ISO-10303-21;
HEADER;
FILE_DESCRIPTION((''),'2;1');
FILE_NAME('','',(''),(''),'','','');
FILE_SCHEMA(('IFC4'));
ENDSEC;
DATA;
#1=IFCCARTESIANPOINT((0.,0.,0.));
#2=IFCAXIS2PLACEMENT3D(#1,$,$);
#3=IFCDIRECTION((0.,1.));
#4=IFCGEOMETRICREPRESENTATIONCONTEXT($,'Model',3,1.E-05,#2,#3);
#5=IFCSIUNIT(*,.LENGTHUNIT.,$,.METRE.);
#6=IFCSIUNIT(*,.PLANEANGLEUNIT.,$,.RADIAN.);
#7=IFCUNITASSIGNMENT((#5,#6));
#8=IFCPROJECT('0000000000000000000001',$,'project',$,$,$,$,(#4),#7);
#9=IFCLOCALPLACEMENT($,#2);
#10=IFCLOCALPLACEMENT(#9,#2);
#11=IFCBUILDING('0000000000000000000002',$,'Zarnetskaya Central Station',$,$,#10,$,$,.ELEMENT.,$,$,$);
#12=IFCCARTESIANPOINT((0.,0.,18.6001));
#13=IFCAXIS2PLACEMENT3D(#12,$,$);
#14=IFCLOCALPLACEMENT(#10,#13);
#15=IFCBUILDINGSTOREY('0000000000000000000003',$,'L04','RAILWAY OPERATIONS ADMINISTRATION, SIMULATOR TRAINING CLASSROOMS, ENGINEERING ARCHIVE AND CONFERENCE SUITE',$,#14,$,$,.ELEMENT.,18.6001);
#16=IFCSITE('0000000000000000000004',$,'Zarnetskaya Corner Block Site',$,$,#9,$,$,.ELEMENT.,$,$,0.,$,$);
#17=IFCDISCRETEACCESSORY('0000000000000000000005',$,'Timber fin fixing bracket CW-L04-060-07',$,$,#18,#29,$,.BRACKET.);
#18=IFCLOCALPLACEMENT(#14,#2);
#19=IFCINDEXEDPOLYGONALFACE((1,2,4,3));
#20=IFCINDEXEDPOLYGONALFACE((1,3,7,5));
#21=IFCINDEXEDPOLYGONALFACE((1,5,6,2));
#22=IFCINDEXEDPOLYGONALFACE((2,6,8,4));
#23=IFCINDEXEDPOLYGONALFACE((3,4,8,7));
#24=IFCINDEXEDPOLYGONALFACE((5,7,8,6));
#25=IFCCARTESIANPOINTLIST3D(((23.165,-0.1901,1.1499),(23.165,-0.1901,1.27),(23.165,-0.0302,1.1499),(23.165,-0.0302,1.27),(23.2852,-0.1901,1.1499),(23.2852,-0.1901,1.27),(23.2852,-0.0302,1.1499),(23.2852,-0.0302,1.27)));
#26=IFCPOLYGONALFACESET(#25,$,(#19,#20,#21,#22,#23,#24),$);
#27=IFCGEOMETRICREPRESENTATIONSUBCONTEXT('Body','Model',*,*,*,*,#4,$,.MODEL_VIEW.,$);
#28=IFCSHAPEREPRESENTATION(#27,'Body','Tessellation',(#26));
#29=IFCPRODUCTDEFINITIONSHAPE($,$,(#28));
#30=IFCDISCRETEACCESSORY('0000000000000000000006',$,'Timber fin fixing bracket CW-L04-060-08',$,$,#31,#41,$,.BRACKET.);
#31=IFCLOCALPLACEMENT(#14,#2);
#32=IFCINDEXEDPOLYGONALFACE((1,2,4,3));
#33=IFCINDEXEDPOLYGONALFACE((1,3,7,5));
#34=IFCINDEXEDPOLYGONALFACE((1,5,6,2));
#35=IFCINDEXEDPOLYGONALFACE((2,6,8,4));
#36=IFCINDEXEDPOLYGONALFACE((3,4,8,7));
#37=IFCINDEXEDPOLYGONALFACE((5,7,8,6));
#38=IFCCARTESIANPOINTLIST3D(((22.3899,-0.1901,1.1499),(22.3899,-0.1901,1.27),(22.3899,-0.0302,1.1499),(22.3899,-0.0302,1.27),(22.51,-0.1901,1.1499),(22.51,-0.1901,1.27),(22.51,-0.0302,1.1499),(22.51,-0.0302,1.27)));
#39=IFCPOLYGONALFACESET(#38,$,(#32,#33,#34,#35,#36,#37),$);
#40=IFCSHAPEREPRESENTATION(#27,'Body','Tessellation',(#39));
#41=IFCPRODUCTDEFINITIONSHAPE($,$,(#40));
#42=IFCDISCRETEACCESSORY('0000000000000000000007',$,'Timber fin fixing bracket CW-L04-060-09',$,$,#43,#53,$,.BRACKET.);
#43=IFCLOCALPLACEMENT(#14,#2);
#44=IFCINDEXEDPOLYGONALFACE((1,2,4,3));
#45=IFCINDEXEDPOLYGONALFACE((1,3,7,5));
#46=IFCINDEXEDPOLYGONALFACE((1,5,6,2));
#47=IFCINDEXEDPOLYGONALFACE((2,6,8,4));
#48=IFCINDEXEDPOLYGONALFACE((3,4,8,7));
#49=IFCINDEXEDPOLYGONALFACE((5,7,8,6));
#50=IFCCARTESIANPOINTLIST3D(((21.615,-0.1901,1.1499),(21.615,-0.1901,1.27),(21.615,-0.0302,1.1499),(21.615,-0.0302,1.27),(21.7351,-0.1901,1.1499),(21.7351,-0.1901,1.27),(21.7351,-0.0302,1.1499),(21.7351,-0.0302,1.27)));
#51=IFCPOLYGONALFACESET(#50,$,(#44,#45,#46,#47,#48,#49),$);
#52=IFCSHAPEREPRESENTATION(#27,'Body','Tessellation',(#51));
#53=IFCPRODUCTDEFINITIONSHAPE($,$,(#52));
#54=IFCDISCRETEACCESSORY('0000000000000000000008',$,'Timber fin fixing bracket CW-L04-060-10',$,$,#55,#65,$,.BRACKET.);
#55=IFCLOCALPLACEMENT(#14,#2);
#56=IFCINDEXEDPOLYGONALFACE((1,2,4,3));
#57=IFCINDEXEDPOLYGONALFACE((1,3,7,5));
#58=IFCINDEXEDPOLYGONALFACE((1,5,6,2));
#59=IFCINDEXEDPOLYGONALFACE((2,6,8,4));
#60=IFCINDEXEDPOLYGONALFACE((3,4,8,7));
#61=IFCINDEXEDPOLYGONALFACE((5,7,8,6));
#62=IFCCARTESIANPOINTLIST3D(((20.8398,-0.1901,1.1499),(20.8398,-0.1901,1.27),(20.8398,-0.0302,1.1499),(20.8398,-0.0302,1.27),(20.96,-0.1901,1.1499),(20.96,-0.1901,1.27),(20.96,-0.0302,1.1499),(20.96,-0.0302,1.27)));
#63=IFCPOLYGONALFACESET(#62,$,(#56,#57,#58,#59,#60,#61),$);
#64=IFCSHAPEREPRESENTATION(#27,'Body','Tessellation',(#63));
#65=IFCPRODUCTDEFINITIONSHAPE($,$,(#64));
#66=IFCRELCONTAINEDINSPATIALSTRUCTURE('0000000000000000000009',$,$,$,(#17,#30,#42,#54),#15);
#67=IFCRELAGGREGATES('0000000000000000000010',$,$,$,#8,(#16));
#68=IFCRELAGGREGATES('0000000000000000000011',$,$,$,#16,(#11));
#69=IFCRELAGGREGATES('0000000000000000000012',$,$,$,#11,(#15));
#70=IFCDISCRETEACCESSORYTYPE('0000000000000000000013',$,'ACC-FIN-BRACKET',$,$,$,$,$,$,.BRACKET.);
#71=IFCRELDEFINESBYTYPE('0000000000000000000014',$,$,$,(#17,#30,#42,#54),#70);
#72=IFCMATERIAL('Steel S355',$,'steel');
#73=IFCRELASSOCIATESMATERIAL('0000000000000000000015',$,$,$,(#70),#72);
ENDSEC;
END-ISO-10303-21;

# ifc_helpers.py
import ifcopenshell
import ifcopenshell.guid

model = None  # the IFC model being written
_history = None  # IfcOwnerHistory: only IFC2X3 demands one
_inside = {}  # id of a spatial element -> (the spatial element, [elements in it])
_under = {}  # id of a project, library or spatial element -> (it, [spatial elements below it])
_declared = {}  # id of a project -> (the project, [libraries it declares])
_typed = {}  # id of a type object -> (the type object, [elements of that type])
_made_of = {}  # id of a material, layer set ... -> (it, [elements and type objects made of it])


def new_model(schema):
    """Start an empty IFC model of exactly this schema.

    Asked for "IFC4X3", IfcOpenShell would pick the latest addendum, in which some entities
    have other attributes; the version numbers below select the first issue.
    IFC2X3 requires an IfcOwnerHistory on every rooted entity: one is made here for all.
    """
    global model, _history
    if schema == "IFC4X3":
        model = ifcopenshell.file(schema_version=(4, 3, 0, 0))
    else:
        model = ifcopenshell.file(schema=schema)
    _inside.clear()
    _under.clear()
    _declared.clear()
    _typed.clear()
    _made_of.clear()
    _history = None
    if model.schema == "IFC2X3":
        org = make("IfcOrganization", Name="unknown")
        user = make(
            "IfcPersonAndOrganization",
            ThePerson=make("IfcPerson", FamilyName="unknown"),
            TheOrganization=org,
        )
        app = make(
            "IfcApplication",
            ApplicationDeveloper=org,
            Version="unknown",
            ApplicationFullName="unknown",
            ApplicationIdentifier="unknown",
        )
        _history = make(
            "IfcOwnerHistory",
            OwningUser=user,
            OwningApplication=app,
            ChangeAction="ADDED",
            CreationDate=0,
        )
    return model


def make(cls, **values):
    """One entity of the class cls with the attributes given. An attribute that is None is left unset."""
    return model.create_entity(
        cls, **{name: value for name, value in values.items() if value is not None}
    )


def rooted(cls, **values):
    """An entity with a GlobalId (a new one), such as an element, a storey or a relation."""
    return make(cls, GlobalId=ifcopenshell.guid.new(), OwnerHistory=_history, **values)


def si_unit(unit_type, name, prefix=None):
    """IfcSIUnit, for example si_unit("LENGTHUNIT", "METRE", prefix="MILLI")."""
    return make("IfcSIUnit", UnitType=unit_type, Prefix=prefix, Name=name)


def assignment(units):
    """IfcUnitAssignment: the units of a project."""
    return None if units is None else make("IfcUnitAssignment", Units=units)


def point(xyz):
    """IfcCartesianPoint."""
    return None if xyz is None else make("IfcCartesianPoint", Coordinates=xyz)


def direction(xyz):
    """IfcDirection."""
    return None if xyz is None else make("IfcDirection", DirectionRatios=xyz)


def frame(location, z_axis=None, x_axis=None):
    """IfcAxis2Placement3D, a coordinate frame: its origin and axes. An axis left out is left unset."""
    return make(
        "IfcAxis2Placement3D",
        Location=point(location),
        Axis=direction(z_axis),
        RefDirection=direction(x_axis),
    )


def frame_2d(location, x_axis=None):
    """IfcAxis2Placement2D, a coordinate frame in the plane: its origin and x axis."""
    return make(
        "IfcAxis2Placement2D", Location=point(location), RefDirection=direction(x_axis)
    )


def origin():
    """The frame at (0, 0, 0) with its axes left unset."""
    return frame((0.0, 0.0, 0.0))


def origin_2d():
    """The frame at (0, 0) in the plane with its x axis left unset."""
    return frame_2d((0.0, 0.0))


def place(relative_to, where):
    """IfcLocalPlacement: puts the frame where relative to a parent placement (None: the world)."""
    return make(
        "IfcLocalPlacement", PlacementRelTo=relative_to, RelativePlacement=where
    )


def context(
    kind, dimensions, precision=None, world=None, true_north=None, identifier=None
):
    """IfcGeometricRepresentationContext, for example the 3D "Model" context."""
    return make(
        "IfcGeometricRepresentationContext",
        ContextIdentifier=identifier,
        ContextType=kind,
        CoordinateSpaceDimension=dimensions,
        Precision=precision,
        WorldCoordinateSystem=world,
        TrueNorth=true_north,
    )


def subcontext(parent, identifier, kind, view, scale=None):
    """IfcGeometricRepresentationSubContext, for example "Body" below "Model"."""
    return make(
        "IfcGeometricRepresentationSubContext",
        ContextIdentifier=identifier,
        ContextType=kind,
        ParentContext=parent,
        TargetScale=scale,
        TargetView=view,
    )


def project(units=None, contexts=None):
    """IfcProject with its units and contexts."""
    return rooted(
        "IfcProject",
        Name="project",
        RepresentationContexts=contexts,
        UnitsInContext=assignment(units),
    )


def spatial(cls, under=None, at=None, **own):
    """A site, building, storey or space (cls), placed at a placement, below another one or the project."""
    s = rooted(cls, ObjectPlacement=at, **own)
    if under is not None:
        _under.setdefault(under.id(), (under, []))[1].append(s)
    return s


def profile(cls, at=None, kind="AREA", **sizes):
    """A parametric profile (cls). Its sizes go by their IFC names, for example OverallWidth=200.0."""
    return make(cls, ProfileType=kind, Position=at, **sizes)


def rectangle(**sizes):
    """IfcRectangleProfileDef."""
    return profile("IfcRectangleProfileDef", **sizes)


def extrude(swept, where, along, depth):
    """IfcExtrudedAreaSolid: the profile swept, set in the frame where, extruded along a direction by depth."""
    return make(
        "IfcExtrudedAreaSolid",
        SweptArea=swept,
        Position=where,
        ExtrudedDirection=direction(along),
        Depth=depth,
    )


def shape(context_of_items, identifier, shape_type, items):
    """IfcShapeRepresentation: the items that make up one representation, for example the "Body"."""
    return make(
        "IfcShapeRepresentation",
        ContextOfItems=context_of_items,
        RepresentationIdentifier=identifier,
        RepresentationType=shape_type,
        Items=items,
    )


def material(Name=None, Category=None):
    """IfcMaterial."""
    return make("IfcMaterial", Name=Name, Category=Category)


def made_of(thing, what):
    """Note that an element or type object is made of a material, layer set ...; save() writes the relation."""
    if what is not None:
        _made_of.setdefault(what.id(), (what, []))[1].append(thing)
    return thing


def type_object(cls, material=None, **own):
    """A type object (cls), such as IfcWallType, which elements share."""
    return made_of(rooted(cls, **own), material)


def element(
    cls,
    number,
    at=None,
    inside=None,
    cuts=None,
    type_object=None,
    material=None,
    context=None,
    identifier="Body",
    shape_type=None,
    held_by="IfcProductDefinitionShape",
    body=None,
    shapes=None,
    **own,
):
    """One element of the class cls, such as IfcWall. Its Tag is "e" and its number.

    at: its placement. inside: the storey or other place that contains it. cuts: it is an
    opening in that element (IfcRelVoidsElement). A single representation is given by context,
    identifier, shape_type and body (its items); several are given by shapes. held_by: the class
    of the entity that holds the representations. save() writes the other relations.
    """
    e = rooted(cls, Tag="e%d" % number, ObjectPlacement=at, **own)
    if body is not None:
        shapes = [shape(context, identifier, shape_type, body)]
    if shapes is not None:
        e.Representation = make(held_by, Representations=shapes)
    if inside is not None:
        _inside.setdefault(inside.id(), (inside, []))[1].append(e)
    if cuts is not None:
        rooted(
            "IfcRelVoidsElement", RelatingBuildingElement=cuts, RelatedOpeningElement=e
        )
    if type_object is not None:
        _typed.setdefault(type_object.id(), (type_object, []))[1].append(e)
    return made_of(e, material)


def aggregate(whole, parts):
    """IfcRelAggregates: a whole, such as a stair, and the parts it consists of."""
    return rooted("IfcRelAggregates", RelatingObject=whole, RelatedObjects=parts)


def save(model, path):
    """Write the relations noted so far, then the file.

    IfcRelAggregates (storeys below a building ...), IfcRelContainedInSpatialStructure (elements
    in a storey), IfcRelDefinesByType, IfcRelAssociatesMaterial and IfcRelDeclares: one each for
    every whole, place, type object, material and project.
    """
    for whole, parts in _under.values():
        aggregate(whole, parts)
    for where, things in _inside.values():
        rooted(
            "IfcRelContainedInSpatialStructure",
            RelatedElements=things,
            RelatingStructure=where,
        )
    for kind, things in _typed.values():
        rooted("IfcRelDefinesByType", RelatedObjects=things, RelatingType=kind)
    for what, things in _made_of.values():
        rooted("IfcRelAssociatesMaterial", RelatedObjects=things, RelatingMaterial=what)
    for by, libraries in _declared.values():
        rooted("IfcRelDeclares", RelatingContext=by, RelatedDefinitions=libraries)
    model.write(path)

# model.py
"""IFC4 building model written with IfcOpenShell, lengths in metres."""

from ifc_helpers import new_model, si_unit, direction, frame, origin, origin_2d, place, context, subcontext, project, spatial, rectangle, extrude, material, type_object, element, save


model = new_model("IFC4")

# Units and contexts
model_context = context("Model", 3, precision=1e-05, world=origin(), true_north=direction((0.0, 1.0)))
body_context = subcontext(model_context, "Body", "Model", "MODEL_VIEW")
ifc_project = project(units=[si_unit("LENGTHUNIT", "METRE"), si_unit("PLANEANGLEUNIT", "RADIAN")], contexts=[model_context])

# Site, building, storey
site_placement = place(None, origin())
site = spatial("IfcSite", under=ifc_project, at=site_placement, Name="Zarnetskaya Corner Block Site", CompositionType="ELEMENT", RefElevation=0.0)
building_placement = place(site_placement, origin())
building = spatial("IfcBuilding", under=site, at=building_placement, Name="Zarnetskaya Central Station", CompositionType="ELEMENT")
storey_placement = place(building_placement, frame((0.0, 0.0, 18.6001)))
storey = spatial("IfcBuildingStorey", under=building, at=storey_placement, Name="L04", Description="RAILWAY OPERATIONS ADMINISTRATION, SIMULATOR TRAINING CLASSROOMS, ENGINEERING ARCHIVE AND CONFERENCE SUITE", CompositionType="ELEMENT", Elevation=18.6001)

# Discrete accessories
ifc_material_1 = material(Name="Steel S355", Category="steel")
discrete_accessory_type = type_object("IfcDiscreteAccessoryType", Name="ACC-FIN-BRACKET", PredefinedType="BRACKET", material=ifc_material_1)
for number, where, z_axis, x_axis, name in (
    (1, (23.2251, -0.1101, 1.1499), (0.0, 0.0, 1.0), (-1.0, 0.0, 0.0), "Timber fin fixing bracket CW-L04-060-07"),
    (2, (22.45, -0.1101, 1.1499), (0.0, 0.0, 1.0), (-1.0, 0.0, 0.0), "Timber fin fixing bracket CW-L04-060-08"),
    (3, (21.675, -0.1101, 1.1499), (0.0, 0.0, 1.0), (-1.0, 0.0, 0.0), "Timber fin fixing bracket CW-L04-060-09"),
    (4, (20.8999, -0.1101, 1.1499), (0.0, 0.0, 1.0), (-1.0, 0.0, 0.0), "Timber fin fixing bracket CW-L04-060-10"),
):
    element("IfcDiscreteAccessory", number, at=place(storey_placement, frame(where, z_axis=z_axis, x_axis=x_axis)), inside=storey, type_object=discrete_accessory_type, Name=name, PredefinedType="BRACKET", context=body_context, shape_type="SweptSolid", body=[
        extrude(rectangle(XDim=0.1201, YDim=0.1599, at=origin_2d()), origin(), (0.0, 0.0, 1.0), 0.1201),
    ])

save(model, "model.ifc")
